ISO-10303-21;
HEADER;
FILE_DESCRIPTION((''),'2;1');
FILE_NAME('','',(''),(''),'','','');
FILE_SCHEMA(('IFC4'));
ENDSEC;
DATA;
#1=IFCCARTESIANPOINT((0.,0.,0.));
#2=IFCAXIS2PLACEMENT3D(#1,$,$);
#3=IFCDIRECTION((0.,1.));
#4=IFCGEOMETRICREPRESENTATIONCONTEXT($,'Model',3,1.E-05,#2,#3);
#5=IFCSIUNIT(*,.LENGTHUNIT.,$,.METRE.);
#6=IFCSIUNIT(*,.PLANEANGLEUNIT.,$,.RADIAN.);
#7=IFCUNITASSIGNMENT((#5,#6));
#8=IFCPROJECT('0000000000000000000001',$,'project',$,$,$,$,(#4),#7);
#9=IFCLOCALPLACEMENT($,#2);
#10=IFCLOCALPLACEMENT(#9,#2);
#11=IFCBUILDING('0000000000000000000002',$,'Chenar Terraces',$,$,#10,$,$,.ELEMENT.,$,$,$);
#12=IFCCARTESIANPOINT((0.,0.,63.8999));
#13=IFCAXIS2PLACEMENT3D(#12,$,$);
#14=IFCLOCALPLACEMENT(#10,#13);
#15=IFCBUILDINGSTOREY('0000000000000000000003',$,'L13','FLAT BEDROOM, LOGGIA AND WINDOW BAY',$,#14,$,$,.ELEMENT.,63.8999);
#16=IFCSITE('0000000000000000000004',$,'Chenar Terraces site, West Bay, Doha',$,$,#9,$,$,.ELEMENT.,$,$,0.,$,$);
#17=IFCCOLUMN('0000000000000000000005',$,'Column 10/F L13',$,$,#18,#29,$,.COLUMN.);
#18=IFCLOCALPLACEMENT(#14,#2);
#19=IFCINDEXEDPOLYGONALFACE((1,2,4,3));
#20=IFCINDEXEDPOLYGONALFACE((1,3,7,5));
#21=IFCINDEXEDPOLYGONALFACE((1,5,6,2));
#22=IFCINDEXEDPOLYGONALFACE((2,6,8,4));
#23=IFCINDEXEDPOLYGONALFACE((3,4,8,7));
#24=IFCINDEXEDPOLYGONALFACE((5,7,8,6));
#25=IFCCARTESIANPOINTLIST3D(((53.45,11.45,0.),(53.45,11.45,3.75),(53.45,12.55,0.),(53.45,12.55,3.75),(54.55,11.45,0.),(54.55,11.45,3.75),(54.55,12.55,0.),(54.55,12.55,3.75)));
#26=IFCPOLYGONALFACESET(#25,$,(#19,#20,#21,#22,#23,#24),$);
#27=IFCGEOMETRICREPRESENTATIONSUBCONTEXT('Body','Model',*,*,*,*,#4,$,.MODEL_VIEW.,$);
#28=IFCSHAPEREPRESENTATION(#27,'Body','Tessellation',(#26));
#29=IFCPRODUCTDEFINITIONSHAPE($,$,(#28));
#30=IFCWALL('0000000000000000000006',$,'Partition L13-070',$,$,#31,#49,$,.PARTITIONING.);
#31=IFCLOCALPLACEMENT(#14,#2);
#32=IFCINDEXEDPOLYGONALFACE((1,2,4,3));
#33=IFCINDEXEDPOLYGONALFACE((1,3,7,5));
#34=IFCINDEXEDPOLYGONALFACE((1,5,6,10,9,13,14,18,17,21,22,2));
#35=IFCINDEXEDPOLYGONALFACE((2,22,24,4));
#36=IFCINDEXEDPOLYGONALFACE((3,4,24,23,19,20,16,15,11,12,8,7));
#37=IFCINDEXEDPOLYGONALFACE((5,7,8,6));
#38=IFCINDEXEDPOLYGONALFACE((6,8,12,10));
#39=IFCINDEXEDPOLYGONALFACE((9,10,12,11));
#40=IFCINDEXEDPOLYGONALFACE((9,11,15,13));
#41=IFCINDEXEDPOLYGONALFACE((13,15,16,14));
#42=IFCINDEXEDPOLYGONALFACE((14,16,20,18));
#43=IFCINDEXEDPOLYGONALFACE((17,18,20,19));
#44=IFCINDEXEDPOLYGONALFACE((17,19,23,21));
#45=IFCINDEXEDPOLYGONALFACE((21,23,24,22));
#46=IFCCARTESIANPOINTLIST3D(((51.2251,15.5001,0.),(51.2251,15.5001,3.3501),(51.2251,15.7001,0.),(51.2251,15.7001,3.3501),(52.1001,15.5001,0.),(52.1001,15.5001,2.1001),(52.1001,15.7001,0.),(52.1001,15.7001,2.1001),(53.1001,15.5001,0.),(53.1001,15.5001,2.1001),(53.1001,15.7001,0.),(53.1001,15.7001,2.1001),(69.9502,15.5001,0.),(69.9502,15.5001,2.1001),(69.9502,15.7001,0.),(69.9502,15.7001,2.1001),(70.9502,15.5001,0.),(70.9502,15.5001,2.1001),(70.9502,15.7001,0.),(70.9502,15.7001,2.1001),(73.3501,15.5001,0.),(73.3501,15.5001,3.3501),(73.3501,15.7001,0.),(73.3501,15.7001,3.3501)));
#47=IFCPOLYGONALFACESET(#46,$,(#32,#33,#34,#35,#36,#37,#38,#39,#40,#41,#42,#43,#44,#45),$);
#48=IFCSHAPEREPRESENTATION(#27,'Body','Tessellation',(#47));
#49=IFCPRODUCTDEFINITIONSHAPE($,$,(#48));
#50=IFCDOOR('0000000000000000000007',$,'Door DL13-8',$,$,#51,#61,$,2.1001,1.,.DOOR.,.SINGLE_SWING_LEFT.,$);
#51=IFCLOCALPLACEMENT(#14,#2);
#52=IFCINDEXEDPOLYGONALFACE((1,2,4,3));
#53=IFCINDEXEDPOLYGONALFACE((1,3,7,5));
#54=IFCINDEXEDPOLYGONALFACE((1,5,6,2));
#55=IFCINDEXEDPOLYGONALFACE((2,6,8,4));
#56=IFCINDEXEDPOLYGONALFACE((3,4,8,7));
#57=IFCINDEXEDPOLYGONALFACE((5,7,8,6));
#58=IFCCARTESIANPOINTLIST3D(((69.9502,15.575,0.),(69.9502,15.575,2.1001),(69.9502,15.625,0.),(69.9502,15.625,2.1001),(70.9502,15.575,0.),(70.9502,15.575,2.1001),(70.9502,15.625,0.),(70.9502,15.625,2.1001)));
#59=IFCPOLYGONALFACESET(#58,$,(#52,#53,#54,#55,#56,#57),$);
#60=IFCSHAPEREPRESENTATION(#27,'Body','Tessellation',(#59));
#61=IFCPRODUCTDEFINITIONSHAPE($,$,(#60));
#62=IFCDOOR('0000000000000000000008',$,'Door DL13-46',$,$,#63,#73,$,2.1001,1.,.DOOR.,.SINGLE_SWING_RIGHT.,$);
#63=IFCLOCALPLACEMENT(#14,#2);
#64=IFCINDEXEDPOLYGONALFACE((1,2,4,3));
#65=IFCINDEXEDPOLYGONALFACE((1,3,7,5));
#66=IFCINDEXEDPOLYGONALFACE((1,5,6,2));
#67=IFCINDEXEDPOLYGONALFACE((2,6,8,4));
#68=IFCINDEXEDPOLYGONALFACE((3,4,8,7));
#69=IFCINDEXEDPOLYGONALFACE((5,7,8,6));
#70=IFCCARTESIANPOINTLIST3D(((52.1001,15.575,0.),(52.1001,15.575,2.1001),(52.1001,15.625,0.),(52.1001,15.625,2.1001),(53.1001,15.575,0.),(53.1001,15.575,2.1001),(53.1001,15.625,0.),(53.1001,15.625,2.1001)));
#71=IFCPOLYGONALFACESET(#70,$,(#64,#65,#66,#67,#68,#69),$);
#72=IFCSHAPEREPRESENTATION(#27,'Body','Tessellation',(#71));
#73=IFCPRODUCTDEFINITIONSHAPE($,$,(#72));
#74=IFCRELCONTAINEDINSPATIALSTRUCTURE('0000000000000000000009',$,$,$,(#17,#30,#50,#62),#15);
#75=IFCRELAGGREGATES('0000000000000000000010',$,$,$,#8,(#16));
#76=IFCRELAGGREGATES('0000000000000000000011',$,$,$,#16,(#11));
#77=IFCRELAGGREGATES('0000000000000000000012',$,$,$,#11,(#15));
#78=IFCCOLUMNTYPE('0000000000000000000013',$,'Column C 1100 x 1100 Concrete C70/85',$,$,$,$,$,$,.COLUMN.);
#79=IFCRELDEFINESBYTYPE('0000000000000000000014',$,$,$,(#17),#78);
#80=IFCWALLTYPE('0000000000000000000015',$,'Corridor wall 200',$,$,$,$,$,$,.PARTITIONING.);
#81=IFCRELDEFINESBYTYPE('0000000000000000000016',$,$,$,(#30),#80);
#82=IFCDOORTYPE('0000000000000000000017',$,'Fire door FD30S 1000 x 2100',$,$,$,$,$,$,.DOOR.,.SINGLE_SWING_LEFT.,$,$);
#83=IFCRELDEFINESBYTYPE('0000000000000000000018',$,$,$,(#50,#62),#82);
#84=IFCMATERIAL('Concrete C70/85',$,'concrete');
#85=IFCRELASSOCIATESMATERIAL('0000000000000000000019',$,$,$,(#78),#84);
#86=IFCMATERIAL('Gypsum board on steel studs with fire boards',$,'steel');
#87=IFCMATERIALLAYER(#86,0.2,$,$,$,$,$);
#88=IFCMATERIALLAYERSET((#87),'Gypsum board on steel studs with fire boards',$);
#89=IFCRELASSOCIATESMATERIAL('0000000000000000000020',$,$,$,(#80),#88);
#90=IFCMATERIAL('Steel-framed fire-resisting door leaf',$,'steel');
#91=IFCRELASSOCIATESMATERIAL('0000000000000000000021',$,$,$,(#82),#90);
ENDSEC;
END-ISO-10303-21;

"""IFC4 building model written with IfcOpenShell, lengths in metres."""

from ifc_helpers import new_model, si_unit, direction, frame, frame_2d, origin, origin_2d, place, context, subcontext, project, spatial, rectangle, extrude, material, layer, layer_set, material_profile, profile_set, type_object, element, fill, save


model = new_model("IFC4")

# Units and contexts
model_context = context("Model", 3, precision=1e-05, world=origin(), true_north=direction((0.0, 1.0)))
body_context = subcontext(model_context, "Body", "Model", "MODEL_VIEW")
ifc_project = project(units=[si_unit("LENGTHUNIT", "METRE"), si_unit("PLANEANGLEUNIT", "RADIAN")], contexts=[model_context])

# Site, building, storey
site_placement = place(None, origin())
site = spatial("IfcSite", under=ifc_project, at=site_placement, Name="Chenar Terraces site, West Bay, Doha", CompositionType="ELEMENT", RefElevation=0.0)
building_placement = place(site_placement, origin())
building = spatial("IfcBuilding", under=site, at=building_placement, Name="Chenar Terraces", CompositionType="ELEMENT")
storey_placement = place(building_placement, frame((0.0, 0.0, 63.8999)))
storey = spatial("IfcBuildingStorey", under=building, at=storey_placement, Name="L13", Description="FLAT BEDROOM, LOGGIA AND WINDOW BAY", CompositionType="ELEMENT", Elevation=63.8999)

# Column
ifc_material_1 = material(Name="Concrete C70/85", Category="concrete")
ifc_material_profile = material_profile(ifc_material_1, rectangle(XDim=1.1001, YDim=1.1001, at=origin_2d()), Name="C 1100 x 1100")
ifc_profile_set = profile_set([ifc_material_profile], Name="Concrete C70/85")
column_type = type_object("IfcColumnType", Name="Column C 1100 x 1100 Concrete C70/85", PredefinedType="COLUMN", material=ifc_profile_set)
column_placement = place(storey_placement, frame((54.0, 12.0, 0.0), z_axis=(0.0, 0.0, 1.0), x_axis=(1.0, 0.0, 0.0)))
element("IfcColumn", 1, at=column_placement, inside=storey, type_object=column_type, Name="Column 10/F L13", PredefinedType="COLUMN", context=body_context, shape_type="SweptSolid", body=[
    extrude(rectangle(XDim=1.1001, YDim=1.1001, at=origin_2d()), origin(), (0.0, 0.0, 1.0), 3.75),
])

# Wall, openings, doors
ifc_material_2 = material(Name="Gypsum board on steel studs with fire boards", Category="steel")
ifc_layer_1 = layer(ifc_material_2, 0.2)
ifc_layer_set_1 = layer_set([ifc_layer_1], Name="Gypsum board on steel studs with fire boards")
wall_type_1 = type_object("IfcWallType", Name="Corridor wall 200", PredefinedType="PARTITIONING", material=ifc_layer_set_1)
wall_1_placement = place(storey_placement, frame((51.2251, 15.6001, 0.0), z_axis=(0.0, 0.0, 1.0), x_axis=(1.0, 0.0, 0.0)))
wall_1 = element("IfcWall", 2, at=wall_1_placement, inside=storey, type_object=wall_type_1, Name="Partition L13-070", PredefinedType="PARTITIONING", context=body_context, shape_type="SweptSolid", body=[
    extrude(rectangle(XDim=22.125, YDim=0.2, at=frame_2d((11.0625, 0.0))), origin(), (0.0, 0.0, 1.0), 3.3501),
])
opening_1_placement = place(wall_1_placement, frame((18.7251, 0.0, 0.0)))
opening_1 = element("IfcOpeningElement", 3, at=opening_1_placement, cuts=wall_1, PredefinedType="OPENING", context=body_context, shape_type="SweptSolid", body=[
    extrude(rectangle(XDim=1.0, YDim=2.1001, at=frame_2d((0.5, 1.05))), frame((0.0, 0.1099, 0.0), z_axis=(0.0, -1.0, 0.0), x_axis=(1.0, 0.0, 0.0)), (0.0, 0.0, 1.0), 0.22),
])
opening_2_placement = place(wall_1_placement, frame((0.875, 0.0, 0.0)))
opening_2 = element("IfcOpeningElement", 4, at=opening_2_placement, cuts=wall_1, PredefinedType="OPENING", context=body_context, shape_type="SweptSolid", body=[
    extrude(rectangle(XDim=1.0, YDim=2.1001, at=frame_2d((0.5, 1.05))), frame((0.0, 0.1099, 0.0), z_axis=(0.0, -1.0, 0.0), x_axis=(1.0, 0.0, 0.0)), (0.0, 0.0, 1.0), 0.22),
])
ifc_material_3 = material(Name="Steel-framed fire-resisting door leaf", Category="steel")
door_type_1 = type_object("IfcDoorType", Name="Fire door FD30S 1000 x 2100", OperationType="SINGLE_SWING_LEFT", PredefinedType="DOOR", material=ifc_material_3)
door_1_placement = place(opening_1_placement, origin())
door_1 = element("IfcDoor", 5, at=door_1_placement, inside=storey, type_object=door_type_1, Name="Door DL13-8", OperationType="SINGLE_SWING_LEFT", OverallHeight=2.1001, OverallWidth=1.0, PredefinedType="DOOR", context=body_context, shape_type="SweptSolid", body=[
    extrude(rectangle(XDim=1.0, YDim=2.1001, at=frame_2d((0.5, 1.05))), frame((0.0, 0.0249, 0.0), z_axis=(0.0, -1.0, 0.0), x_axis=(1.0, 0.0, 0.0)), (0.0, 0.0, 1.0), 0.05),
])
fill(opening_1, door_1)
door_2_placement = place(opening_2_placement, origin())
door_2 = element("IfcDoor", 6, at=door_2_placement, inside=storey, type_object=door_type_1, Name="Door DL13-46", OperationType="SINGLE_SWING_RIGHT", OverallHeight=2.1001, OverallWidth=1.0, PredefinedType="DOOR", context=body_context, shape_type="SweptSolid", body=[
    extrude(rectangle(XDim=1.0, YDim=2.1001, at=frame_2d((0.5, 1.05))), frame((0.0, 0.0249, 0.0), z_axis=(0.0, -1.0, 0.0), x_axis=(1.0, 0.0, 0.0)), (0.0, 0.0, 1.0), 0.05),
])
fill(opening_2, door_2)

save(model, "model.ifc")
